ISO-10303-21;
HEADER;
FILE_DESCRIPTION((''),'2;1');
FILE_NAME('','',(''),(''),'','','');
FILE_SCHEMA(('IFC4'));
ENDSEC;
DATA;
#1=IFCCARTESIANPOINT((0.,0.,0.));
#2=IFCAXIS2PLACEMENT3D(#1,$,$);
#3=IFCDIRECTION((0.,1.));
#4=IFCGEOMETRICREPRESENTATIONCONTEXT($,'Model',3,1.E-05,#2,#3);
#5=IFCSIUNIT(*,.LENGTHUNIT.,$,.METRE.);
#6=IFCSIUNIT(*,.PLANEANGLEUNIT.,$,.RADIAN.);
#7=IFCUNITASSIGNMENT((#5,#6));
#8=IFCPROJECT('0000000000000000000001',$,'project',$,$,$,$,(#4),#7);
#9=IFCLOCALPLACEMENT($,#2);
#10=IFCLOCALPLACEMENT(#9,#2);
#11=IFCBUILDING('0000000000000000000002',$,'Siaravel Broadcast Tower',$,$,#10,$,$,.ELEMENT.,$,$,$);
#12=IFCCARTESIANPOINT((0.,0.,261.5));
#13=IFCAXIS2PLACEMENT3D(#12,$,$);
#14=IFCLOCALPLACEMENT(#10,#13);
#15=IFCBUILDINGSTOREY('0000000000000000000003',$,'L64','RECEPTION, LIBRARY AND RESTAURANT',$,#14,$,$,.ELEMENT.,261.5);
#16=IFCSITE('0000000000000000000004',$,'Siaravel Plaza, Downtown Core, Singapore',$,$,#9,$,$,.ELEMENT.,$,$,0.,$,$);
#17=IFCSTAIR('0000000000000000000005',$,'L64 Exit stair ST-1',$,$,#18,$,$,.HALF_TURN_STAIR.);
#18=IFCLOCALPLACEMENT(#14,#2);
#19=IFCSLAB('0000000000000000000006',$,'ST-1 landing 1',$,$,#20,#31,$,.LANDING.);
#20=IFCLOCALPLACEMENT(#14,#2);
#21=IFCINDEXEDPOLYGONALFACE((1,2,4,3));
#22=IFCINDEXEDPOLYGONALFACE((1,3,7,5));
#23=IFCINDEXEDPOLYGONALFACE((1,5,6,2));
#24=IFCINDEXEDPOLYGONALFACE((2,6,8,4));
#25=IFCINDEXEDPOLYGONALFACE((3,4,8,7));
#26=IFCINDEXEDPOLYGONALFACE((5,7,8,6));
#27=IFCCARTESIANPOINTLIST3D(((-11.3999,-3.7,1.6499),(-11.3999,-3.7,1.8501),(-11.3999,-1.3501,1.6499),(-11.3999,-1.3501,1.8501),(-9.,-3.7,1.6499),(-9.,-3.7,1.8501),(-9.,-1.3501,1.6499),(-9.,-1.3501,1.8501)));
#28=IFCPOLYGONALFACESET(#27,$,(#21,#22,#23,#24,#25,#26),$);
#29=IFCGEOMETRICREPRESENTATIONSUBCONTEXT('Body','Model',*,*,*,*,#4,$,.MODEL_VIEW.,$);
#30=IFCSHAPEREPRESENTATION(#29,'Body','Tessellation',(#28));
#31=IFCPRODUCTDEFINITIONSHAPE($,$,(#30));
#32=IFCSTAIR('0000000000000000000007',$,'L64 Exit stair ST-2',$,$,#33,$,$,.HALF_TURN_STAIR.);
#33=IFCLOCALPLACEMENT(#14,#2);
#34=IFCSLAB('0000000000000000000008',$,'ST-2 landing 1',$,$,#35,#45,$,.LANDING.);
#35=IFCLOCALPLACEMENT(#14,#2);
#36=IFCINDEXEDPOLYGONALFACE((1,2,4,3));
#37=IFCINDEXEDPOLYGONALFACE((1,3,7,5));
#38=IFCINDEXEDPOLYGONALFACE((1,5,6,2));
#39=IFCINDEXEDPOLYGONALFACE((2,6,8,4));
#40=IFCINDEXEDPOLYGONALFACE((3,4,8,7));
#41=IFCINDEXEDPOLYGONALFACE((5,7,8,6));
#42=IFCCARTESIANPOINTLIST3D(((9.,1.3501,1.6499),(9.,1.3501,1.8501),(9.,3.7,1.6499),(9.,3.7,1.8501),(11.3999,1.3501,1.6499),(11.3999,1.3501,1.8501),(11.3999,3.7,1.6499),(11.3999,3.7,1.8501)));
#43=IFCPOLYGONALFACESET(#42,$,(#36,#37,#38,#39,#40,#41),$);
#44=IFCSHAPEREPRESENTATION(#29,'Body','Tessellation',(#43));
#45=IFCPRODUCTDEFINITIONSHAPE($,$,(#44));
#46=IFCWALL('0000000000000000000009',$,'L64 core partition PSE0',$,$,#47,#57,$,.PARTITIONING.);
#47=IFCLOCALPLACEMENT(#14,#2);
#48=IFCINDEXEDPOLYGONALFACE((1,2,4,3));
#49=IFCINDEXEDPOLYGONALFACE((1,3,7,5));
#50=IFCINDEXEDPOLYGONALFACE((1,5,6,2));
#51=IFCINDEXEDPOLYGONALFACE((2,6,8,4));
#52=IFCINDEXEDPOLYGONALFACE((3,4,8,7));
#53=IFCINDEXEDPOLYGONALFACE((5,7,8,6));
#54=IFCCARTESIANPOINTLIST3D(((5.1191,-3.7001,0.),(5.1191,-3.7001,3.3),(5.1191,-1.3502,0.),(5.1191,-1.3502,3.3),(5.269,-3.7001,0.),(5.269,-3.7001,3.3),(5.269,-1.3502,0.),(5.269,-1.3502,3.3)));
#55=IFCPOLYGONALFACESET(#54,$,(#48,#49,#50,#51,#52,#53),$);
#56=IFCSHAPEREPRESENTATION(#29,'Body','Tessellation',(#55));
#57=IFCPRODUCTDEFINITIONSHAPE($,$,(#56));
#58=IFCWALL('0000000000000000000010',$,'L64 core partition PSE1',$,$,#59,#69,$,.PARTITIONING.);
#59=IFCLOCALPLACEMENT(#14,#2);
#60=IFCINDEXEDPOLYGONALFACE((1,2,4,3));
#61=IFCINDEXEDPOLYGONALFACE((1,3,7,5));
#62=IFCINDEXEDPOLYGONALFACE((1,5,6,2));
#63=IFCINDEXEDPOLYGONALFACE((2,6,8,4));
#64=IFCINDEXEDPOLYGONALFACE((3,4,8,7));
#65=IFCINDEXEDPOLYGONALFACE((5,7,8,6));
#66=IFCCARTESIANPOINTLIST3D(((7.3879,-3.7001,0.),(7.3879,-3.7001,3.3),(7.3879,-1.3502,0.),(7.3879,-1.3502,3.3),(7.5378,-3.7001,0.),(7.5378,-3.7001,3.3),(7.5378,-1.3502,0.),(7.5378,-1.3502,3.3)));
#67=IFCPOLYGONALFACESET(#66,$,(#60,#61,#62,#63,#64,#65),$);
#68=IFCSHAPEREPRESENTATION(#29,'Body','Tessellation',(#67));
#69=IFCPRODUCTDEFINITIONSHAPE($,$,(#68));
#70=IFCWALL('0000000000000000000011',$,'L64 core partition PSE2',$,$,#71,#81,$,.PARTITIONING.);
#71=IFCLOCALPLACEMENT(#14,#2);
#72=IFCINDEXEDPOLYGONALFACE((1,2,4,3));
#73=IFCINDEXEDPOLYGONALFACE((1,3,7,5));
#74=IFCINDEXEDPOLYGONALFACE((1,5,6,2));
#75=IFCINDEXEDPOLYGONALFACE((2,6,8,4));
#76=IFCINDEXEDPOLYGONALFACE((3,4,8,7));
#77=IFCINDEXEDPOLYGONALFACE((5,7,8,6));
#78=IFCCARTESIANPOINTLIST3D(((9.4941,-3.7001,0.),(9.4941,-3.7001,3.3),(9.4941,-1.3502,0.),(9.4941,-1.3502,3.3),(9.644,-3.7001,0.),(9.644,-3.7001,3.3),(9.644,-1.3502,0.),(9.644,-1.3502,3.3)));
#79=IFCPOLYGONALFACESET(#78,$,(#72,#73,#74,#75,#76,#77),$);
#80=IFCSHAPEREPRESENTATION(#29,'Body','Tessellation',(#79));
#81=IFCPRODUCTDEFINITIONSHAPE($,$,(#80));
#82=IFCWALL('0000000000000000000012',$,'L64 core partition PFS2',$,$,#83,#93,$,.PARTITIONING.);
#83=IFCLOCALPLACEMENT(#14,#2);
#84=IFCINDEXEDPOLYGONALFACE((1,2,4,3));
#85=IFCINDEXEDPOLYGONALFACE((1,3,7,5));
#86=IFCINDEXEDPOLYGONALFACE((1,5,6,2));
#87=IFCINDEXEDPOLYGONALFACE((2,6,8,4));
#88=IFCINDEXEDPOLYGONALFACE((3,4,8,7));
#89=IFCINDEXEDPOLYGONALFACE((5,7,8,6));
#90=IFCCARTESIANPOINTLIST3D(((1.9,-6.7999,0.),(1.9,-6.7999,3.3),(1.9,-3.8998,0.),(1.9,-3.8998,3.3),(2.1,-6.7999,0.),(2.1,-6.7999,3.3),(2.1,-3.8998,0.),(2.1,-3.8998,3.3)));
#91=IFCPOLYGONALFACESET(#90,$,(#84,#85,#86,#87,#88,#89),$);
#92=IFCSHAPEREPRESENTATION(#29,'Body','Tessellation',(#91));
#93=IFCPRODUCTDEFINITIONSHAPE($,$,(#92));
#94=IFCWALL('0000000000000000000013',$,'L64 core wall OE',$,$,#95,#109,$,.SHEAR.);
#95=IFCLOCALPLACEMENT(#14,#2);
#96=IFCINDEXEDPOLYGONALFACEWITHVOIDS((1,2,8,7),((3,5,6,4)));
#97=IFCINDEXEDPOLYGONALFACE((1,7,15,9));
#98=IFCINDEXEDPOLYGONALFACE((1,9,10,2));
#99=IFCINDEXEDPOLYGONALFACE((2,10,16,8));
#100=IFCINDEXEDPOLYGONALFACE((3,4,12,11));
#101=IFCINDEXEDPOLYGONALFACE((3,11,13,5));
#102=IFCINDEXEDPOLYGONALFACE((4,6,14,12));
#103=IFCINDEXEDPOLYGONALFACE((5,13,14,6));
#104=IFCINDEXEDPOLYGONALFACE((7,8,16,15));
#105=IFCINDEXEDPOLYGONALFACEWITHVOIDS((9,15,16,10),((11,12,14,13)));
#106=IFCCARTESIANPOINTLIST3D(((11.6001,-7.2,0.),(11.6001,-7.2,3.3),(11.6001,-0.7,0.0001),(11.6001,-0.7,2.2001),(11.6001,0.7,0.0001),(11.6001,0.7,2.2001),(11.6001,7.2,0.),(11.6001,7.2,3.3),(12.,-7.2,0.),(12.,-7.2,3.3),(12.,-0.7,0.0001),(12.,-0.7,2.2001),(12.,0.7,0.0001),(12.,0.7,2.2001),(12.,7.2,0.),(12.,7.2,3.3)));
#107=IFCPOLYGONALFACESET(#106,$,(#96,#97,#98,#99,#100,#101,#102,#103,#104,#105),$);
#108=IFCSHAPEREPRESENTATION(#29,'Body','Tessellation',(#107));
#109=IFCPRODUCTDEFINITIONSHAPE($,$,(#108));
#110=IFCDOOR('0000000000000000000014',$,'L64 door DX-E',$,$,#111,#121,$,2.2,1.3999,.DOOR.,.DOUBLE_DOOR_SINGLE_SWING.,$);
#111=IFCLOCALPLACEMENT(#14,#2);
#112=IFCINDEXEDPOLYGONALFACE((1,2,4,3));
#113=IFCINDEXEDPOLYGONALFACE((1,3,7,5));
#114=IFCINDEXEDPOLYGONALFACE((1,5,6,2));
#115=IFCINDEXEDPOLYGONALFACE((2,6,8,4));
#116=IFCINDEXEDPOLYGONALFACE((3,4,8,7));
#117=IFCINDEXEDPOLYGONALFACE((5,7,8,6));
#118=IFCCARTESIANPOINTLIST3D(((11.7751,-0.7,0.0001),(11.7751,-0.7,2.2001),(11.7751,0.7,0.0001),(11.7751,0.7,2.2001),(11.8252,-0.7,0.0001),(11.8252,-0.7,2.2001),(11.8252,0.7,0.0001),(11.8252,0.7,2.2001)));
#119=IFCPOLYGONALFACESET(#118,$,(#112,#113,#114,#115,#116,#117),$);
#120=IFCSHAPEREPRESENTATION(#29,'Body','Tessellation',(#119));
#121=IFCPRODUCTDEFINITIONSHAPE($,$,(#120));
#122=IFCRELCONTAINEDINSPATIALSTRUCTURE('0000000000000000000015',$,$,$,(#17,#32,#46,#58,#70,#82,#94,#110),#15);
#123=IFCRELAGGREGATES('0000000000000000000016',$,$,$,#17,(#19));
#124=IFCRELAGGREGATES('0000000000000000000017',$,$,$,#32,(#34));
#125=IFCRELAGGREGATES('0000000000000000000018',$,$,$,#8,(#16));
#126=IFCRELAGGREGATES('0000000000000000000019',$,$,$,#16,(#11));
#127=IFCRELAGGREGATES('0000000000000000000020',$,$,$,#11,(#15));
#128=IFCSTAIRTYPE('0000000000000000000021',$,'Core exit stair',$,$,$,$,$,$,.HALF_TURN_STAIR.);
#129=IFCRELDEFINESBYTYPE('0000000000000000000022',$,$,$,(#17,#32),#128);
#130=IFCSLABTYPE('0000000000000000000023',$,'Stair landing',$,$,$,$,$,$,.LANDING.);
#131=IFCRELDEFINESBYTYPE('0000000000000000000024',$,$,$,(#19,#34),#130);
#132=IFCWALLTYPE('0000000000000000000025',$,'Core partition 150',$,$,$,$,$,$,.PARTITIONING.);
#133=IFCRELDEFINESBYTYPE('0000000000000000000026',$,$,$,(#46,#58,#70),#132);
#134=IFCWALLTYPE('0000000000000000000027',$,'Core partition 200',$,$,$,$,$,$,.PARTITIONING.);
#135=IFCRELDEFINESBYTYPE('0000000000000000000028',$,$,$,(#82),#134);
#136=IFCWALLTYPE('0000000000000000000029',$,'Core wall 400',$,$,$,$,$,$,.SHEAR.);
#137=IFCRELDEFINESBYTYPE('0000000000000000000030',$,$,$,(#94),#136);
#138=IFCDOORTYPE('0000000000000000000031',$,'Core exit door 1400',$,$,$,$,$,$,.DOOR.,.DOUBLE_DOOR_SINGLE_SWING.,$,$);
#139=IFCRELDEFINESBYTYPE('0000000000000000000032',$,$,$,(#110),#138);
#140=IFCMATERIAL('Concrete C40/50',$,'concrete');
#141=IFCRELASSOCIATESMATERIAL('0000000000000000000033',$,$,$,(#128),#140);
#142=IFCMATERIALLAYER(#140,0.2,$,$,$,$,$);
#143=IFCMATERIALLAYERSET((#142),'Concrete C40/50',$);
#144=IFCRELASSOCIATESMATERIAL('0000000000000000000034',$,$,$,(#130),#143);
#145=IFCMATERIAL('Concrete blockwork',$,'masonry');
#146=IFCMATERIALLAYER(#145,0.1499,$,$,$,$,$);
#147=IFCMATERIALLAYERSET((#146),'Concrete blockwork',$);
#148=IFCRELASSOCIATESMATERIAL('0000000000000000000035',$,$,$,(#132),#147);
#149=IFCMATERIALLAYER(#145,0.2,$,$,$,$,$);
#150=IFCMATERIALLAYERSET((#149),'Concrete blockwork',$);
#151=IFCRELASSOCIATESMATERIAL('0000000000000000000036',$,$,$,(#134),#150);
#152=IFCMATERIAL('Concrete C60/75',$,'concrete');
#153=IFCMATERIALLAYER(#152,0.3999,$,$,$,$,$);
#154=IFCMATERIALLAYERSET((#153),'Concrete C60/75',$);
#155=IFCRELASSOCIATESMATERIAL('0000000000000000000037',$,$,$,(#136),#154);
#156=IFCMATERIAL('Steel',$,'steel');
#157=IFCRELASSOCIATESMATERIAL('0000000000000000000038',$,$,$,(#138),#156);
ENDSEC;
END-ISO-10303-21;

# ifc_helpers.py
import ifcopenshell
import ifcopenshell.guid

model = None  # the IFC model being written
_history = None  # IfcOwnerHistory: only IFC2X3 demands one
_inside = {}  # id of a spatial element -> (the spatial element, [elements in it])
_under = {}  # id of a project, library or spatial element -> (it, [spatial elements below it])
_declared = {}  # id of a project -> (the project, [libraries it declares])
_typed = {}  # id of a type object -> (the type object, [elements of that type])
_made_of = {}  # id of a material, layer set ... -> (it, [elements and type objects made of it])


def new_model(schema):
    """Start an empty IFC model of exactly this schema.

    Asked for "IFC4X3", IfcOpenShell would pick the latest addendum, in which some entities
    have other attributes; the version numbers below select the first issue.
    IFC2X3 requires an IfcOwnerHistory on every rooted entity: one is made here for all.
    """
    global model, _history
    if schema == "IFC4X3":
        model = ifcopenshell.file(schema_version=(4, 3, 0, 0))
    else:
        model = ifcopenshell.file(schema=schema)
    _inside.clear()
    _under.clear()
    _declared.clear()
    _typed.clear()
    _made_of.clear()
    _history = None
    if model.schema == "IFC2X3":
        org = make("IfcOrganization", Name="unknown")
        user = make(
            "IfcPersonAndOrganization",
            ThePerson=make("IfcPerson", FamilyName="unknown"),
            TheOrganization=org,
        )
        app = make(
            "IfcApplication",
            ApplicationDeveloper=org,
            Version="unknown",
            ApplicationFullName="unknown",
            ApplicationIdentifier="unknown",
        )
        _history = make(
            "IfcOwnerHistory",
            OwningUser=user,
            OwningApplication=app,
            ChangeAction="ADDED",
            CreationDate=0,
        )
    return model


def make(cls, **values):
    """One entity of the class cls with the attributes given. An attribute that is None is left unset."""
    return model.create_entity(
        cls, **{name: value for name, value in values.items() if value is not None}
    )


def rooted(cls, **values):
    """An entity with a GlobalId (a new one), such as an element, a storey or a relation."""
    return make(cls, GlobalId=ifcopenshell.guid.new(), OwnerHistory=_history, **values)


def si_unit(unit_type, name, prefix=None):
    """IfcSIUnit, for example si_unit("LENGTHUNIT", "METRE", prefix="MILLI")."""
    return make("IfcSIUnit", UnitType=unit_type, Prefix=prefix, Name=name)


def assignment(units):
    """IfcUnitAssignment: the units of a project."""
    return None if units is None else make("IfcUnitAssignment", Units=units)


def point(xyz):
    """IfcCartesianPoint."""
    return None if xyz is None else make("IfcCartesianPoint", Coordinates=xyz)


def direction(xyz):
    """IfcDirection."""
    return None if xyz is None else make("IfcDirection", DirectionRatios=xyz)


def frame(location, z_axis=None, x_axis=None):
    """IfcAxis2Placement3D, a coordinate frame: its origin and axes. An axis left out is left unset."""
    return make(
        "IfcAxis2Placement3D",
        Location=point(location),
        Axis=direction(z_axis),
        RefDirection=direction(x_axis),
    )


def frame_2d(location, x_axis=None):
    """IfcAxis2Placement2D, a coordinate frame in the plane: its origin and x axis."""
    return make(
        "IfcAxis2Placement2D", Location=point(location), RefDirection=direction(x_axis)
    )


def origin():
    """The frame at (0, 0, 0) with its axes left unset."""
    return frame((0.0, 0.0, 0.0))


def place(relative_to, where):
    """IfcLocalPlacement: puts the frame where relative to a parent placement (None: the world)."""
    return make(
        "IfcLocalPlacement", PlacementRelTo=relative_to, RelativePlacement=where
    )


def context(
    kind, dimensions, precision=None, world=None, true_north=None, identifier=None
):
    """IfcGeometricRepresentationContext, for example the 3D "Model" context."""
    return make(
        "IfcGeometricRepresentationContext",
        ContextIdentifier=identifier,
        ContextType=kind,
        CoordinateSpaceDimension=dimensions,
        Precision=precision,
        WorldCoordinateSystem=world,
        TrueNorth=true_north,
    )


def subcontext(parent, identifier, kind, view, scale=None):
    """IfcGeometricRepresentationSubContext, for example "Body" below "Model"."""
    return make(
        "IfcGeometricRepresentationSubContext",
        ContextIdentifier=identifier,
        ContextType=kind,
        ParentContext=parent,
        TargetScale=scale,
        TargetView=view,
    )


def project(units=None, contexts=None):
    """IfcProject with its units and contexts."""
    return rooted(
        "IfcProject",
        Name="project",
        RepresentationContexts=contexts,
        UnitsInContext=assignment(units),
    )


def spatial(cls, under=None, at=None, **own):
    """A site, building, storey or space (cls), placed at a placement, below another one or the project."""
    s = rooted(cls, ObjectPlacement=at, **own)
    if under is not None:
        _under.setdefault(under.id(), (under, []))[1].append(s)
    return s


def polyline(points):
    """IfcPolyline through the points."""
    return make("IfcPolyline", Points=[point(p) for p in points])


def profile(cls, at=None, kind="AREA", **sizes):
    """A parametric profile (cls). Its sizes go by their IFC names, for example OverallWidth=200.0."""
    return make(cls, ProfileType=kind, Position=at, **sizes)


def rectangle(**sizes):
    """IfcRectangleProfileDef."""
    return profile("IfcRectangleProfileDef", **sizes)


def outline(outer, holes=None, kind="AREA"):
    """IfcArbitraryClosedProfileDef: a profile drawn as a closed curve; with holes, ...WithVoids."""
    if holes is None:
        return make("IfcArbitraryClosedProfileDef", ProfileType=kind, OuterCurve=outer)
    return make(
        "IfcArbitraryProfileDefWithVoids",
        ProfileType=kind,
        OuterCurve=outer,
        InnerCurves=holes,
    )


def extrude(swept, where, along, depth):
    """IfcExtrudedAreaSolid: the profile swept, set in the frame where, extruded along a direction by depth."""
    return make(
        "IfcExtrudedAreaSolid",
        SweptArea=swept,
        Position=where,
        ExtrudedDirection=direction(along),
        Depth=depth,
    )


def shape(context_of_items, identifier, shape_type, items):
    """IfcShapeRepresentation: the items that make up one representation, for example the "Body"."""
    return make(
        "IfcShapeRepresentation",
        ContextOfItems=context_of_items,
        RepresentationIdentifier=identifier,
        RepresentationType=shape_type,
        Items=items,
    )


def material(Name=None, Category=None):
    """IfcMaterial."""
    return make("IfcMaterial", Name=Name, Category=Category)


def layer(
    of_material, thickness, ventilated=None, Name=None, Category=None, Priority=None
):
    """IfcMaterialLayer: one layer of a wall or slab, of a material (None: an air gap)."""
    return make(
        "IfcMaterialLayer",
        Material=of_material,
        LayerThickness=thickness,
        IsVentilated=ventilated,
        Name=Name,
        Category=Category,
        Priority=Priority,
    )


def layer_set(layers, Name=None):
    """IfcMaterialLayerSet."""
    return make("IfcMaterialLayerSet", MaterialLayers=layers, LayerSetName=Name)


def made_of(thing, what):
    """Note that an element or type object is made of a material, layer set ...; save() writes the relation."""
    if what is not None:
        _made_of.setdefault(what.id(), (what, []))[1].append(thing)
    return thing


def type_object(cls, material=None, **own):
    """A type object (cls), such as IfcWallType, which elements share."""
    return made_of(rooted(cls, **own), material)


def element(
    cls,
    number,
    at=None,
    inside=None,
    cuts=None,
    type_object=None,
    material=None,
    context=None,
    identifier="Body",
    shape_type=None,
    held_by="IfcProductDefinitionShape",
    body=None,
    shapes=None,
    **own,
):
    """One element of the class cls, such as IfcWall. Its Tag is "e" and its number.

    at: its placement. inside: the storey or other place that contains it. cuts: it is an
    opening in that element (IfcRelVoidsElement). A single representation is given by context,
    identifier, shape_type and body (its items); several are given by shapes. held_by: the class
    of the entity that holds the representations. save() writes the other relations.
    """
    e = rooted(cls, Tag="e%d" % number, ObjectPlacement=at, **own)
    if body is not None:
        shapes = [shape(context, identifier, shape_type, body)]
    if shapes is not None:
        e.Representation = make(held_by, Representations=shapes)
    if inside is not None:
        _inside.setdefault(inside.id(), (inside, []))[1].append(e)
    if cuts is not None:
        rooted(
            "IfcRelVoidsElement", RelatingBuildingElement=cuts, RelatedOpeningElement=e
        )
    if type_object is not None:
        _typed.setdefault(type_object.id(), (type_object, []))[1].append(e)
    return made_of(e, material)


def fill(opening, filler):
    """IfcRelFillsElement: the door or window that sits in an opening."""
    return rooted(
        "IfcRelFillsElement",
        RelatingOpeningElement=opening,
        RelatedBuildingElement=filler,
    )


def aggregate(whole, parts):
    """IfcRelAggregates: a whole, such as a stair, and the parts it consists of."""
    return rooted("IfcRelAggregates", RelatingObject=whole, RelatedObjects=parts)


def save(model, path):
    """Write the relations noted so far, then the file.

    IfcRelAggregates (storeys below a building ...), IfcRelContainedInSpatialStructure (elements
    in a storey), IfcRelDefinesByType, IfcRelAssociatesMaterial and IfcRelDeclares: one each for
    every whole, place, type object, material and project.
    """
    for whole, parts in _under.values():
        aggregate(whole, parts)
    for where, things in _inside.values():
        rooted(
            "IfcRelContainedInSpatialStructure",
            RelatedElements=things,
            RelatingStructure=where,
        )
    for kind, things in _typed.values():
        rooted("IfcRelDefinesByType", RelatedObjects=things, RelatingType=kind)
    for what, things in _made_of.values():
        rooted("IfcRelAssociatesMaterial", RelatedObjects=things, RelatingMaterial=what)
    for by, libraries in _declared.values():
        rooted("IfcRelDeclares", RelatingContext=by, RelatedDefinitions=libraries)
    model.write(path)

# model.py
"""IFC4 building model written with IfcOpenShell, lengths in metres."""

from ifc_helpers import new_model, si_unit, direction, frame, frame_2d, origin, place, context, subcontext, project, spatial, polyline, rectangle, outline, extrude, material, layer, layer_set, type_object, element, fill, aggregate, save


model = new_model("IFC4")

# Units and contexts
model_context = context("Model", 3, precision=1e-05, world=origin(), true_north=direction((0.0, 1.0)))
body_context = subcontext(model_context, "Body", "Model", "MODEL_VIEW")
ifc_project = project(units=[si_unit("LENGTHUNIT", "METRE"), si_unit("PLANEANGLEUNIT", "RADIAN")], contexts=[model_context])

# Site, building, storey
site_placement = place(None, origin())
site = spatial("IfcSite", under=ifc_project, at=site_placement, Name="Siaravel Plaza, Downtown Core, Singapore", CompositionType="ELEMENT", RefElevation=0.0)
building_placement = place(site_placement, origin())
building = spatial("IfcBuilding", under=site, at=building_placement, Name="Siaravel Broadcast Tower", CompositionType="ELEMENT")
storey_placement = place(building_placement, frame((0.0, 0.0, 261.5)))
storey = spatial("IfcBuildingStorey", under=building, at=storey_placement, Name="L64", Description="RECEPTION, LIBRARY AND RESTAURANT", CompositionType="ELEMENT", Elevation=261.5)

# Shared definitions
ifc_material_1 = material(Name="Concrete C40/50", Category="concrete")

# Stairs, slabs
stair_type = type_object("IfcStairType", Name="Core exit stair", PredefinedType="HALF_TURN_STAIR", material=ifc_material_1)
stair_1_placement = place(storey_placement, origin())
stair_1 = element("IfcStair", 1, at=stair_1_placement, inside=storey, type_object=stair_type, Name="L64 Exit stair ST-1", PredefinedType="HALF_TURN_STAIR")
ifc_layer_1 = layer(ifc_material_1, 0.2)
ifc_layer_set_1 = layer_set([ifc_layer_1], Name="Concrete C40/50")
slab_type_1 = type_object("IfcSlabType", Name="Stair landing", PredefinedType="LANDING", material=ifc_layer_set_1)
slab_1_placement = place(storey_placement, frame((0.0, 0.0, 1.6499)))
slab_1 = element("IfcSlab", 2, at=slab_1_placement, type_object=slab_type_1, Name="ST-1 landing 1", PredefinedType="LANDING", context=body_context, shape_type="SweptSolid", body=[
    extrude(outline(polyline([(-9.0, -1.3501), (-11.3999, -1.3501), (-11.3999, -3.7), (-9.0, -3.7), (-9.0, -1.3501)])), origin(), (0.0, 0.0, 1.0), 0.2002),
])
aggregate(stair_1, [slab_1])
stair_2_placement = place(storey_placement, origin())
stair_2 = element("IfcStair", 3, at=stair_2_placement, inside=storey, type_object=stair_type, Name="L64 Exit stair ST-2", PredefinedType="HALF_TURN_STAIR")
slab_2_placement = place(storey_placement, frame((0.0, 0.0, 1.6499)))
slab_2 = element("IfcSlab", 4, at=slab_2_placement, type_object=slab_type_1, Name="ST-2 landing 1", PredefinedType="LANDING", context=body_context, shape_type="SweptSolid", body=[
    extrude(outline(polyline([(9.0, 1.3501), (11.3999, 1.3501), (11.3999, 3.7), (9.0, 3.7), (9.0, 1.3501)])), origin(), (0.0, 0.0, 1.0), 0.2002),
])
aggregate(stair_2, [slab_2])

# Walls
ifc_material_2 = material(Name="Concrete blockwork", Category="masonry")
ifc_layer_2 = layer(ifc_material_2, 0.1499)
ifc_layer_set_2 = layer_set([ifc_layer_2], Name="Concrete blockwork")
wall_type_1 = type_object("IfcWallType", Name="Core partition 150", PredefinedType="PARTITIONING", material=ifc_layer_set_2)
for number, where, z_axis, x_axis, name in (
    (5, (5.1941, -3.7, 0.0), (0.0, 0.0, 1.0), (0.0, 1.0, 0.0), "L64 core partition PSE0"),
    (6, (7.4629, -3.7, 0.0), (0.0, 0.0, 1.0), (0.0, 1.0, 0.0), "L64 core partition PSE1"),
    (7, (9.5691, -3.7, 0.0), (0.0, 0.0, 1.0), (0.0, 1.0, 0.0), "L64 core partition PSE2"),
):
    element("IfcWall", number, at=place(storey_placement, frame(where, z_axis=z_axis, x_axis=x_axis)), inside=storey, type_object=wall_type_1, Name=name, PredefinedType="PARTITIONING", context=body_context, shape_type="SweptSolid", body=[
        extrude(rectangle(XDim=2.3499, YDim=0.1499, at=frame_2d((1.1748, 0.0))), origin(), (0.0, 0.0, 1.0), 3.3),
    ])
ifc_layer_3 = layer(ifc_material_2, 0.2)
ifc_layer_set_3 = layer_set([ifc_layer_3], Name="Concrete blockwork")
wall_type_2 = type_object("IfcWallType", Name="Core partition 200", PredefinedType="PARTITIONING", material=ifc_layer_set_3)
wall_1_placement = place(storey_placement, frame((2.0, -6.8, 0.0), z_axis=(0.0, 0.0, 1.0), x_axis=(0.0, 1.0, 0.0)))
element("IfcWall", 8, at=wall_1_placement, inside=storey, type_object=wall_type_2, Name="L64 core partition PFS2", PredefinedType="PARTITIONING", context=body_context, shape_type="SweptSolid", body=[
    extrude(rectangle(XDim=2.9001, YDim=0.2, at=frame_2d((1.4502, 0.0))), origin(), (0.0, 0.0, 1.0), 3.3),
])

# Wall, opening, door
ifc_material_3 = material(Name="Concrete C60/75", Category="concrete")
ifc_layer_4 = layer(ifc_material_3, 0.3999)
ifc_layer_set_4 = layer_set([ifc_layer_4], Name="Concrete C60/75")
wall_type_3 = type_object("IfcWallType", Name="Core wall 400", PredefinedType="SHEAR", material=ifc_layer_set_4)
wall_2_placement = place(storey_placement, frame((11.8, -7.2, 0.0), z_axis=(0.0, 0.0, 1.0), x_axis=(0.0, 1.0, 0.0)))
wall_2 = element("IfcWall", 9, at=wall_2_placement, inside=storey, type_object=wall_type_3, Name="L64 core wall OE", PredefinedType="SHEAR", context=body_context, shape_type="SweptSolid", body=[
    extrude(rectangle(XDim=14.3999, YDim=0.3999, at=frame_2d((7.2, 0.0))), origin(), (0.0, 0.0, 1.0), 3.3),
])
opening_1_placement = place(wall_2_placement, frame((6.5, 0.0, 0.0)))
opening_1 = element("IfcOpeningElement", 10, at=opening_1_placement, cuts=wall_2, PredefinedType="OPENING", context=body_context, shape_type="SweptSolid", body=[
    extrude(rectangle(XDim=1.3999, YDim=2.2, at=frame_2d((0.7, 1.1001))), frame((0.0, 0.21, 0.0), z_axis=(0.0, -1.0, 0.0), x_axis=(1.0, 0.0, 0.0)), (0.0, 0.0, 1.0), 0.4199),
])
ifc_material_4 = material(Name="Steel", Category="steel")
door_type_1 = type_object("IfcDoorType", Name="Core exit door 1400", OperationType="DOUBLE_DOOR_SINGLE_SWING", PredefinedType="DOOR", material=ifc_material_4)
door_1_placement = place(opening_1_placement, origin())
door_1 = element("IfcDoor", 11, at=door_1_placement, inside=storey, type_object=door_type_1, Name="L64 door DX-E", OperationType="DOUBLE_DOOR_SINGLE_SWING", OverallHeight=2.2, OverallWidth=1.3999, PredefinedType="DOOR", context=body_context, shape_type="SweptSolid", body=[
    extrude(rectangle(XDim=1.3999, YDim=2.2, at=frame_2d((0.7, 1.1001))), frame((0.0, 0.0249, 0.0), z_axis=(0.0, -1.0, 0.0), x_axis=(1.0, 0.0, 0.0)), (0.0, 0.0, 1.0), 0.05),
])
fill(opening_1, door_1)

save(model, "model.ifc")
